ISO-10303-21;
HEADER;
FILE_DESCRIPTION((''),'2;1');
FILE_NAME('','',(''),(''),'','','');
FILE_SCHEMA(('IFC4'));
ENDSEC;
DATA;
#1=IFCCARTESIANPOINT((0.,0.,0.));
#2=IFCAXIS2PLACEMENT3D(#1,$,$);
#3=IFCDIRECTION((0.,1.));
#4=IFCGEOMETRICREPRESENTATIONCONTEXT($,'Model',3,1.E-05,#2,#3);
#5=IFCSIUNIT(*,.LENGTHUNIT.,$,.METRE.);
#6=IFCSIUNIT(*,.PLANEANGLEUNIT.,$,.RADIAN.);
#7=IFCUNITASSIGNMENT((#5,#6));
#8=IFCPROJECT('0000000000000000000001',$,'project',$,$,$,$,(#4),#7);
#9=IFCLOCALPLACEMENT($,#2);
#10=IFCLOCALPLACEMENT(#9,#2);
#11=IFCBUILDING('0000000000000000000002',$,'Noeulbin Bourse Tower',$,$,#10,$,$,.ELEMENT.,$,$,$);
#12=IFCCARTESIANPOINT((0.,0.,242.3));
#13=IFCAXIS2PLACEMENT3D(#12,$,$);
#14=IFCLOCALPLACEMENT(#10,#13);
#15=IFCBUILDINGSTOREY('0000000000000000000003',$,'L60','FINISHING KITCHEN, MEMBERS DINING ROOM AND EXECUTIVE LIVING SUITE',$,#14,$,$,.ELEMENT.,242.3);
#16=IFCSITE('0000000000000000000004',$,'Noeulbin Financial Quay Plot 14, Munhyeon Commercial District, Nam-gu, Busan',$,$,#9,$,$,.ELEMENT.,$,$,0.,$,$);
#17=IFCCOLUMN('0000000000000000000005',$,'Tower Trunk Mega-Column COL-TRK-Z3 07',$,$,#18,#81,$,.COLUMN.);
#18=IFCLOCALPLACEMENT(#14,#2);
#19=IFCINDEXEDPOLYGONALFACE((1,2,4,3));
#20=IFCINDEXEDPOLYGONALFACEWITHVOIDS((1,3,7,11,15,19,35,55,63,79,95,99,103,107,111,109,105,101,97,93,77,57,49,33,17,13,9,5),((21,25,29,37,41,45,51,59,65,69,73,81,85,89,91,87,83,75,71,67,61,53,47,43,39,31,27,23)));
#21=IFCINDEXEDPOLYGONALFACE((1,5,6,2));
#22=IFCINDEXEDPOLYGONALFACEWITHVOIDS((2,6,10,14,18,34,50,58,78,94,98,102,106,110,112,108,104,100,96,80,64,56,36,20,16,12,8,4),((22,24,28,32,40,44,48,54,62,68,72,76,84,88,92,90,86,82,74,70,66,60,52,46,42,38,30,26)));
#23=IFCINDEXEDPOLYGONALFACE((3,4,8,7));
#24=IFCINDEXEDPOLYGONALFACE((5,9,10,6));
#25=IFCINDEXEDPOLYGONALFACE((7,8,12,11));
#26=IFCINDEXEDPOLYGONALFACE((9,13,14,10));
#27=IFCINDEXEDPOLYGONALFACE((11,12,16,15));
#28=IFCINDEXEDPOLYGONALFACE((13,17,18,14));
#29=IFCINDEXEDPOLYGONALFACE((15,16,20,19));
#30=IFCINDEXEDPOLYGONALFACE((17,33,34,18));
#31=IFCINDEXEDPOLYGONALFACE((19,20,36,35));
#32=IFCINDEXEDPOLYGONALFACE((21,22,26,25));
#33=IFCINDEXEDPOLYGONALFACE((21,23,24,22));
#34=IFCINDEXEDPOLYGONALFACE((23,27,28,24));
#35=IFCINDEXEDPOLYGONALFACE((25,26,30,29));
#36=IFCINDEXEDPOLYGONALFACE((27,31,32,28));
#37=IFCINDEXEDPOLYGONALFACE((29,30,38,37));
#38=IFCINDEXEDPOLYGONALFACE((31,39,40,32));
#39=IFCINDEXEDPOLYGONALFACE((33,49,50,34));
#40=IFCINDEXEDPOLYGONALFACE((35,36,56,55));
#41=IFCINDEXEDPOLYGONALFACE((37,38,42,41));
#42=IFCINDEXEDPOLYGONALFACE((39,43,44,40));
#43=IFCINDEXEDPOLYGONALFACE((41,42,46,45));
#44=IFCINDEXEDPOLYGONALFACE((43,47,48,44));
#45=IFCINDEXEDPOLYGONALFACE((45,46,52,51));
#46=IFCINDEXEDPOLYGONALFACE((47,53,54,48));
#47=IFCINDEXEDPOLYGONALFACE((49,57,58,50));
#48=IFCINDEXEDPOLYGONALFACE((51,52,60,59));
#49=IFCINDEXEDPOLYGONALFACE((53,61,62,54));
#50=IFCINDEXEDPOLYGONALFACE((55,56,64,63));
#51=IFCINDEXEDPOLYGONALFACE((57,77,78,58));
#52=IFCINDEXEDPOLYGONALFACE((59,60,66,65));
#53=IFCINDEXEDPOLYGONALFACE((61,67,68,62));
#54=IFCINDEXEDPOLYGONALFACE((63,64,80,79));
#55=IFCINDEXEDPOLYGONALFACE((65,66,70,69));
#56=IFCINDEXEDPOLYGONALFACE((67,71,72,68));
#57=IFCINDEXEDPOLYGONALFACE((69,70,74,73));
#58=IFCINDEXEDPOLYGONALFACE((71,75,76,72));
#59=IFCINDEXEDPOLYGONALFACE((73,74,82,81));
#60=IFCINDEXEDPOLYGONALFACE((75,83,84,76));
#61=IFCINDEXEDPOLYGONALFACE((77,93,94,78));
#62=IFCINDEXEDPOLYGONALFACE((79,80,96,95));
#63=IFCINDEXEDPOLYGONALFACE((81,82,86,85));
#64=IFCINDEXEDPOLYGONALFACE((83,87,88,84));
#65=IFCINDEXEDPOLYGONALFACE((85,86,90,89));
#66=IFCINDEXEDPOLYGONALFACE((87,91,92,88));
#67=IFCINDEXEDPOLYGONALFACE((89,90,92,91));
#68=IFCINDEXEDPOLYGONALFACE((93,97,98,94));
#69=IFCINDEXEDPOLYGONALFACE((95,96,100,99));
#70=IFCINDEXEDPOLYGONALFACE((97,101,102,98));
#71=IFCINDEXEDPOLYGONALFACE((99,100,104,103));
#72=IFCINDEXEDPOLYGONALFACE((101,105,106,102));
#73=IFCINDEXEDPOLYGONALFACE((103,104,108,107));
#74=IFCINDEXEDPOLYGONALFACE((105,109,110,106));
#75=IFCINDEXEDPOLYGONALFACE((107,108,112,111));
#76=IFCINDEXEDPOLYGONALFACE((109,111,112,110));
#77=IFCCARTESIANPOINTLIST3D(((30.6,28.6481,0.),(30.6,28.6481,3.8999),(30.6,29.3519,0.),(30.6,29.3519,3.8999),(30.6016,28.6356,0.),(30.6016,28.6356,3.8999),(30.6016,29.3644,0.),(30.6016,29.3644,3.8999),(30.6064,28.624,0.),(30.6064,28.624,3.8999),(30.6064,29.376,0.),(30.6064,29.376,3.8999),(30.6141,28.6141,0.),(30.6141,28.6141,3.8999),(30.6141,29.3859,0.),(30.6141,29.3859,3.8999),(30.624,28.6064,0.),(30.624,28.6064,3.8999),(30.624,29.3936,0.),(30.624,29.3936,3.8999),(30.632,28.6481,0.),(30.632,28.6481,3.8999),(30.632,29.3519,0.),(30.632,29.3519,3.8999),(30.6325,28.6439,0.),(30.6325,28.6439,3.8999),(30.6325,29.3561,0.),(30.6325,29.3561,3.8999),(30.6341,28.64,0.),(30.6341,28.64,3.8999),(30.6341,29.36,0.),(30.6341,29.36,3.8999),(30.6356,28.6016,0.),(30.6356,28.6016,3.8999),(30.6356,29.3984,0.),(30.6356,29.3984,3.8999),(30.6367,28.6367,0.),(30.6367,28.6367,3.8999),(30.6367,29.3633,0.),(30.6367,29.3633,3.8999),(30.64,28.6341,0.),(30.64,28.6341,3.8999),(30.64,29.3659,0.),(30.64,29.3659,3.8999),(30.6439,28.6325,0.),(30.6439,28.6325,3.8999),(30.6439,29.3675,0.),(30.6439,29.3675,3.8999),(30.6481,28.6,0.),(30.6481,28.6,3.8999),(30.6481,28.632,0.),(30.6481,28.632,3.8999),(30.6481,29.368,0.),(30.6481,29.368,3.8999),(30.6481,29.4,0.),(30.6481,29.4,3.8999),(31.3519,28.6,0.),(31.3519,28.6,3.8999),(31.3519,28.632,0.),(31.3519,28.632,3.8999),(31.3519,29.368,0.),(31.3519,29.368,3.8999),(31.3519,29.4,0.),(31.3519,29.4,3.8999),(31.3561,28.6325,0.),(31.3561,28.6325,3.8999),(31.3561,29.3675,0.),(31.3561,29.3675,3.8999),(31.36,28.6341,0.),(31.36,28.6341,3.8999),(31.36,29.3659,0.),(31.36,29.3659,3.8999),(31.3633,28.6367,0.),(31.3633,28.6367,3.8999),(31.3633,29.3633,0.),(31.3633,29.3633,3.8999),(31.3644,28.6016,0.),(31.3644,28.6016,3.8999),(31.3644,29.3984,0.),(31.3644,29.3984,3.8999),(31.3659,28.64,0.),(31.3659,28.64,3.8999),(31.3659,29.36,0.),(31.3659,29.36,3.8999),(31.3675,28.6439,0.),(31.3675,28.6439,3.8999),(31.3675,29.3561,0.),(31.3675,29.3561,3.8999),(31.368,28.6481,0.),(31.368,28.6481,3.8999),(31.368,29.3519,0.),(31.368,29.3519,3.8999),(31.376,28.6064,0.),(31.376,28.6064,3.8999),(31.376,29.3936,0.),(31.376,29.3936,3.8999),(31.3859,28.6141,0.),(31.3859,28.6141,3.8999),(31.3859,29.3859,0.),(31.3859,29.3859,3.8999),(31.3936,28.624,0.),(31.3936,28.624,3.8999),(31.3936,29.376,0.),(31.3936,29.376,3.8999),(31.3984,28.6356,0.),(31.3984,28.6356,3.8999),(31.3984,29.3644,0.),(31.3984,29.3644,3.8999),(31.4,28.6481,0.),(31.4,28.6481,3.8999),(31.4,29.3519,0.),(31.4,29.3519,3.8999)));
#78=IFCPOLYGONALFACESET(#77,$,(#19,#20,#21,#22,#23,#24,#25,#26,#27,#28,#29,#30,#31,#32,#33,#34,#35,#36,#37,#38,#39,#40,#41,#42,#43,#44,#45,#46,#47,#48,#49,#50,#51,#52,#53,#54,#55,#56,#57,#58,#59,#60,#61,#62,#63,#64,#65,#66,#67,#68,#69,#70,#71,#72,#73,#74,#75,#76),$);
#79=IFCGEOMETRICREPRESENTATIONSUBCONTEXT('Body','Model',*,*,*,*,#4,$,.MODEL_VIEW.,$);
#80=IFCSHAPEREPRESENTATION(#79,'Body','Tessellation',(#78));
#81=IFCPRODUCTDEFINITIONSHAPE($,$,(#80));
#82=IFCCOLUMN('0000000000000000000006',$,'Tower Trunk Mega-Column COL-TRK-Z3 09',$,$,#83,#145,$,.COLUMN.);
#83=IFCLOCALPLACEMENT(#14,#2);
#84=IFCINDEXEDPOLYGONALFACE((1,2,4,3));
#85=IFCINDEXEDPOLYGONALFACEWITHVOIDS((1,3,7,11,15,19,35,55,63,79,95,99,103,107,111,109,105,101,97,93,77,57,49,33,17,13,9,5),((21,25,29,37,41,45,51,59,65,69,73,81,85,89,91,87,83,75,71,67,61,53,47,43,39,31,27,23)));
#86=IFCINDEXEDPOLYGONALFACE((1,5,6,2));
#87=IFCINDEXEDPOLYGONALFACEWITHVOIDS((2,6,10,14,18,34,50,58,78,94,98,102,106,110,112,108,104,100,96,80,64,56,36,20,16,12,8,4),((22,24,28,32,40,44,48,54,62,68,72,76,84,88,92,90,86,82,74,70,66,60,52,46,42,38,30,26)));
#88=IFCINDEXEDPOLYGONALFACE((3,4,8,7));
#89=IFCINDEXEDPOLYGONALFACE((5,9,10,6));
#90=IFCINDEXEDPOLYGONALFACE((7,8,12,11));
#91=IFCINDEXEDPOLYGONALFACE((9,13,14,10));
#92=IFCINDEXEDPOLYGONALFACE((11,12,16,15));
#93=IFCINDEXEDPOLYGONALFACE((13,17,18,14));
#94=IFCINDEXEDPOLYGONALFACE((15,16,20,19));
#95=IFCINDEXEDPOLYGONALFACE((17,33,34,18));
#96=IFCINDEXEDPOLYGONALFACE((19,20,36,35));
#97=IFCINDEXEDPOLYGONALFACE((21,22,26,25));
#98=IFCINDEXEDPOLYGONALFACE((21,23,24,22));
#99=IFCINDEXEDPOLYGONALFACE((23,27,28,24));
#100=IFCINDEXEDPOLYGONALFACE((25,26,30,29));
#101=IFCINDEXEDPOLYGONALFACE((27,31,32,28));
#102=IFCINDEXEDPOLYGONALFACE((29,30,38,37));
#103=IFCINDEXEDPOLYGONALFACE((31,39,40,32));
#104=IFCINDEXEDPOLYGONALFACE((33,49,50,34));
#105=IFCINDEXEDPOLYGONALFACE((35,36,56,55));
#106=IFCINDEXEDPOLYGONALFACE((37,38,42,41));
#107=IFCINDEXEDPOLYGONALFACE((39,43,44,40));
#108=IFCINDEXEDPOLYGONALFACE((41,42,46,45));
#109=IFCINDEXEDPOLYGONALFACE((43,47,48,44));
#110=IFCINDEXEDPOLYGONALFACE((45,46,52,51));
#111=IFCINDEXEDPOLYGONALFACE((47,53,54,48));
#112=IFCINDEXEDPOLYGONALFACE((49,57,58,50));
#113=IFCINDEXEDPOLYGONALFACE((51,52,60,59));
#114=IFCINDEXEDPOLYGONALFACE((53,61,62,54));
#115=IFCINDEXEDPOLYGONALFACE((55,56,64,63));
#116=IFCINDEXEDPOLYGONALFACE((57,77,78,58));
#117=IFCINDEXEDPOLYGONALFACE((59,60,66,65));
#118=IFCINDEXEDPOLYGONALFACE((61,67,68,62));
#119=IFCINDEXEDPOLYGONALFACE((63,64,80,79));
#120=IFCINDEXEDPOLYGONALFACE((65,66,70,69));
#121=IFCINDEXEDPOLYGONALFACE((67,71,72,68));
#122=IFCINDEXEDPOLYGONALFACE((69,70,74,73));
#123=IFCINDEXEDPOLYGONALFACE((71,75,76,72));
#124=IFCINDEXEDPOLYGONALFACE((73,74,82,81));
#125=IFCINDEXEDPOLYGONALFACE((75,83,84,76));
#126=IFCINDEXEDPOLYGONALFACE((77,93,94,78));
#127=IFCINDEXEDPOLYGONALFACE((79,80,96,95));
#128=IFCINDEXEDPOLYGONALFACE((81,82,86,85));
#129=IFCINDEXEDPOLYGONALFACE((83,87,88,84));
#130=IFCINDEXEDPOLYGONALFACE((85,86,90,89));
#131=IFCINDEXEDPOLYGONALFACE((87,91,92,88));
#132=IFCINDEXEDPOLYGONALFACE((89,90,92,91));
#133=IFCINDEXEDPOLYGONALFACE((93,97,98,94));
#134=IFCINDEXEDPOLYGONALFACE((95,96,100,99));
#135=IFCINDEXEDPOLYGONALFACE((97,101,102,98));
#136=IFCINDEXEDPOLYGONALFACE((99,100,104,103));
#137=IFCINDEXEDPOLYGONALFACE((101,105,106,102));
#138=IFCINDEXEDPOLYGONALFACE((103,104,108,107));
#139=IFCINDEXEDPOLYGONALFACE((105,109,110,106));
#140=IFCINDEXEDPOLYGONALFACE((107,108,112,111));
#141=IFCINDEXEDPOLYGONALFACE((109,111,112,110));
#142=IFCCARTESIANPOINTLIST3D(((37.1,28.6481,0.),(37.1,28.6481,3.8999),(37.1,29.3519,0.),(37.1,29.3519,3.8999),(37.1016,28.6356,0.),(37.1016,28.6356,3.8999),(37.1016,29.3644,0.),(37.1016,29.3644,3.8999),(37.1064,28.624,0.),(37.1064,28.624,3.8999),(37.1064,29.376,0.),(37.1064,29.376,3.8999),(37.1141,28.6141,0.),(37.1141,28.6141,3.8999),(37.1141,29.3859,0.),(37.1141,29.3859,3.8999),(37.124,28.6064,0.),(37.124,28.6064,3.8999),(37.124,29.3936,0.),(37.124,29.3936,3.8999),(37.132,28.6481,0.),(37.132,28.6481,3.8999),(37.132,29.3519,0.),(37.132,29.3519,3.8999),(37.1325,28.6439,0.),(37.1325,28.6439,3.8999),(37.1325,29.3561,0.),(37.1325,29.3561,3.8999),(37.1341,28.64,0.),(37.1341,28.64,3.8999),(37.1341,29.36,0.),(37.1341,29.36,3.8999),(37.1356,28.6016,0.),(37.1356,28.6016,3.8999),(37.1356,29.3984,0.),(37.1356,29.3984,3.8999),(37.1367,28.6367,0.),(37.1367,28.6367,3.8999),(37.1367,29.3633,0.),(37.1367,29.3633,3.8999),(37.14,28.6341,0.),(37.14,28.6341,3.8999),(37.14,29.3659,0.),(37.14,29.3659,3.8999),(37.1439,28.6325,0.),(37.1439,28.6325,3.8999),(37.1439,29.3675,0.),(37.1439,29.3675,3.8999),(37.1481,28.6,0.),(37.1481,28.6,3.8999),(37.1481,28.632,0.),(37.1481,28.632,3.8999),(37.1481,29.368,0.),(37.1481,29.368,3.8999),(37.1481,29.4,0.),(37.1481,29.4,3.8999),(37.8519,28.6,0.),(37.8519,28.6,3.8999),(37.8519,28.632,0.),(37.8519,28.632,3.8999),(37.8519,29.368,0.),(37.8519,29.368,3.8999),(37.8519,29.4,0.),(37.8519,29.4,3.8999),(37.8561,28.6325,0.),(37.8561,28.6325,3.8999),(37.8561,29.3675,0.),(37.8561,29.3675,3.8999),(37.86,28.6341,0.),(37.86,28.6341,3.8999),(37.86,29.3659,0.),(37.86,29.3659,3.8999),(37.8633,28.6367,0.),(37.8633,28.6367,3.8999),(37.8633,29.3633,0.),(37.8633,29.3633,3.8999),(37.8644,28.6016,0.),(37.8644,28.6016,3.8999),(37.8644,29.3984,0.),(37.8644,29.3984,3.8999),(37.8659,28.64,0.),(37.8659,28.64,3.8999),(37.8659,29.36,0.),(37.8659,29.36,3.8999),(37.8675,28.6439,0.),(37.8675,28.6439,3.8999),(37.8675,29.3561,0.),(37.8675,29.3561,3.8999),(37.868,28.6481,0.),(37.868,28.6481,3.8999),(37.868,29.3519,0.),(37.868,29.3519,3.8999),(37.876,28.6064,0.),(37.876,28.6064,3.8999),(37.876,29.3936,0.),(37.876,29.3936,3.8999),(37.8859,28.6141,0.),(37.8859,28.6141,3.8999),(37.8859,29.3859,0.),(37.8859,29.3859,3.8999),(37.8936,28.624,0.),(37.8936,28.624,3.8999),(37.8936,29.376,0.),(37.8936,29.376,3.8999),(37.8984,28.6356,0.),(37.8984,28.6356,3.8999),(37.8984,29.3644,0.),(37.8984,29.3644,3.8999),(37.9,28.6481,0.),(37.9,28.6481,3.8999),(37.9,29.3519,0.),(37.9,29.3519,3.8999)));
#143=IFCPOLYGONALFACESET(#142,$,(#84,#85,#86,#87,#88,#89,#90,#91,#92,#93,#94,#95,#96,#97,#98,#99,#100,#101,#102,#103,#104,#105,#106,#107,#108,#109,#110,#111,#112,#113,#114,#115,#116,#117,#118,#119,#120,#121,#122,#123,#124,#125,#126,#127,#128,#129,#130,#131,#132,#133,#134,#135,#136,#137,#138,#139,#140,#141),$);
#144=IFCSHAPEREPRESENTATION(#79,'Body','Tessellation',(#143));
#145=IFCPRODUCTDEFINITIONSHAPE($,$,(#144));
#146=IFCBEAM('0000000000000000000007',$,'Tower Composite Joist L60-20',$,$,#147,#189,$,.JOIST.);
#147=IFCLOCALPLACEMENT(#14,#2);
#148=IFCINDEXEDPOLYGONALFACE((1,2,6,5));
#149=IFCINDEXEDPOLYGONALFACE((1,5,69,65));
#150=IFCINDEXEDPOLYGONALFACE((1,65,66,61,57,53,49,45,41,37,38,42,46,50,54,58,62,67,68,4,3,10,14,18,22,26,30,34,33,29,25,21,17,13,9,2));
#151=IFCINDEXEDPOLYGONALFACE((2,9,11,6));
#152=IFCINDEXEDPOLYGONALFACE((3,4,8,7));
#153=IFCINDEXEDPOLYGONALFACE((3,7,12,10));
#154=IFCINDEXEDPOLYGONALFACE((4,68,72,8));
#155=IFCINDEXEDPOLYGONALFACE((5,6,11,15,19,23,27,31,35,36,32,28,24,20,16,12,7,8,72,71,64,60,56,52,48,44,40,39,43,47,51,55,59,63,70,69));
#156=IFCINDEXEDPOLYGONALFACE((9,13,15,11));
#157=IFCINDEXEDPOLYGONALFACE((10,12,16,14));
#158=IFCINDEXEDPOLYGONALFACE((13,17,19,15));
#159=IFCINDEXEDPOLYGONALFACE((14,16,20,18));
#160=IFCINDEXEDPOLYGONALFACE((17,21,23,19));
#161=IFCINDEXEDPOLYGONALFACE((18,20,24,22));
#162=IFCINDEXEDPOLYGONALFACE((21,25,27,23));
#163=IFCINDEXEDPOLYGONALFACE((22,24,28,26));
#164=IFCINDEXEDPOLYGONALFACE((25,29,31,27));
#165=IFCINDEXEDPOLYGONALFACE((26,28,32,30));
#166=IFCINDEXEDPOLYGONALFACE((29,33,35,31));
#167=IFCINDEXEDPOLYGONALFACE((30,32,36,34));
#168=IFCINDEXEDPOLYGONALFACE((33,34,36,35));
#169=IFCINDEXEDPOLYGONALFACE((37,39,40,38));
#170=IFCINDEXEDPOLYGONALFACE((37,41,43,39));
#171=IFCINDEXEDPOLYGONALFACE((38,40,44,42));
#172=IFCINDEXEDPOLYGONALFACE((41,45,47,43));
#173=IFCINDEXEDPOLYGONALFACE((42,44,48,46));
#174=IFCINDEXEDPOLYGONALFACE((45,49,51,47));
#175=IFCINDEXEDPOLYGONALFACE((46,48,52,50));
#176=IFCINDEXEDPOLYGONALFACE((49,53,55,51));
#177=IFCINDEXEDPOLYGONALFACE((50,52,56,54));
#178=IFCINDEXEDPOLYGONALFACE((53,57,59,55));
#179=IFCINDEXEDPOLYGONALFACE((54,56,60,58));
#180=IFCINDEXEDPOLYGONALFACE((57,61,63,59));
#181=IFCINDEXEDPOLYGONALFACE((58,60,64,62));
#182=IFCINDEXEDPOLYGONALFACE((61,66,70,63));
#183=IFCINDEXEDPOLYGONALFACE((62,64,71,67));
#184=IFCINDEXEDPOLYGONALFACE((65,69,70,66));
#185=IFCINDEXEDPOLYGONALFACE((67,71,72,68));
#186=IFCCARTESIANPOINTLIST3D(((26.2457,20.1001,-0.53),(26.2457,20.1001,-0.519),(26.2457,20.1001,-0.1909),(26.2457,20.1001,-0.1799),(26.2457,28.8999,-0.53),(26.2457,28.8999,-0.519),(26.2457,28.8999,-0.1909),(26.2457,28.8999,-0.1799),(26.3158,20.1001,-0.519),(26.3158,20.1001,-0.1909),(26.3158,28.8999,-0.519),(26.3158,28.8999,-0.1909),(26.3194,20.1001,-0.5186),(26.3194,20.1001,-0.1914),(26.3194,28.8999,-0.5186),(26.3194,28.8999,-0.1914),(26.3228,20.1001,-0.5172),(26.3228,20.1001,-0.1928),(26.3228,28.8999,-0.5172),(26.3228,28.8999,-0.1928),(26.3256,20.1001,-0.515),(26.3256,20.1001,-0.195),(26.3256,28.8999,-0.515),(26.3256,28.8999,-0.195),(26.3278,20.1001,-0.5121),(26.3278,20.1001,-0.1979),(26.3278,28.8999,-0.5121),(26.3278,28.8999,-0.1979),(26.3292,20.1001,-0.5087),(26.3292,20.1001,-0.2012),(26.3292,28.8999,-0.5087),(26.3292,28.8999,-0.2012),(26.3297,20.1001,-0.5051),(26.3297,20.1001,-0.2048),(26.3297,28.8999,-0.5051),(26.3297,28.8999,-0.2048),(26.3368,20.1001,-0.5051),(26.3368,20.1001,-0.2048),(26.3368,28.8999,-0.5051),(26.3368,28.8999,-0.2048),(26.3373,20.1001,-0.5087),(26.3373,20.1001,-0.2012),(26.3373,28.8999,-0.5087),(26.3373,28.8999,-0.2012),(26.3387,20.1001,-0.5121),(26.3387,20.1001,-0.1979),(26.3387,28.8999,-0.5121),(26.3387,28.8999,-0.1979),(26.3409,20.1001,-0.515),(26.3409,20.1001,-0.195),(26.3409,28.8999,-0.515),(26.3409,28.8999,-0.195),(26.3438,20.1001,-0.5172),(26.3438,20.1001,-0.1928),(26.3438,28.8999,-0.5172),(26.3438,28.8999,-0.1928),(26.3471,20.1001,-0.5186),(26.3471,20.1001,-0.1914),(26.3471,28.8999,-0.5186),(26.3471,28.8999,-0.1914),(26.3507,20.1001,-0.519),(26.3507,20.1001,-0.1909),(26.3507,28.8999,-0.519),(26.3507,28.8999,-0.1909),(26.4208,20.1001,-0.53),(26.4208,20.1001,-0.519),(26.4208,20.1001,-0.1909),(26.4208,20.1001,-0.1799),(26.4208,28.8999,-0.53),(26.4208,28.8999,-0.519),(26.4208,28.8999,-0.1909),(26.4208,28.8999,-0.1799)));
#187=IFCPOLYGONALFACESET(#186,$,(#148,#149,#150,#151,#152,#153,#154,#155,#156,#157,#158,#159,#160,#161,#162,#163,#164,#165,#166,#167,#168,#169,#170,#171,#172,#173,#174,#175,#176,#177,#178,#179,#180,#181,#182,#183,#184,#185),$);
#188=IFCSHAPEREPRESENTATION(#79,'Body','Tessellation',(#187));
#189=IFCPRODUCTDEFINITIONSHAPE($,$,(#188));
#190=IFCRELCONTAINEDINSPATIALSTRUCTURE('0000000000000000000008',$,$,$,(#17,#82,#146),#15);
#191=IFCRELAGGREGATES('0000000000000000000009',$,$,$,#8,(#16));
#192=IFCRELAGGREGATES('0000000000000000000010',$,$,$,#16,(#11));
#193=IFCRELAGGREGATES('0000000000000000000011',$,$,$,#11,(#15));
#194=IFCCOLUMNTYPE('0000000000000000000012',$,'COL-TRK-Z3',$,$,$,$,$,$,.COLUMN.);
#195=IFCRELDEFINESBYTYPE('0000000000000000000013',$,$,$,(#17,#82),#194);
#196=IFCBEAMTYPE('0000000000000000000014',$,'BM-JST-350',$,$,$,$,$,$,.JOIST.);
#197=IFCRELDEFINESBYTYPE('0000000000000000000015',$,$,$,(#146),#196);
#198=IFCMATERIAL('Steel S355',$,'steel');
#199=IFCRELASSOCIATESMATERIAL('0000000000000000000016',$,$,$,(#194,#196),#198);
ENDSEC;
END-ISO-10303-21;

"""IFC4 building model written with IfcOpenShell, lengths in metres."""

from ifc_helpers import new_model, si_unit, direction, frame, origin, origin_2d, place, context, subcontext, project, spatial, hollow_rectangle, i_section, extrude, material, material_profile, profile_set, type_object, element, save


model = new_model("IFC4")

# Units and contexts
model_context = context("Model", 3, precision=1e-05, world=origin(), true_north=direction((0.0, 1.0)))
body_context = subcontext(model_context, "Body", "Model", "MODEL_VIEW")
ifc_project = project(units=[si_unit("LENGTHUNIT", "METRE"), si_unit("PLANEANGLEUNIT", "RADIAN")], contexts=[model_context])

# Site, building, storey
site_placement = place(None, origin())
site = spatial("IfcSite", under=ifc_project, at=site_placement, Name="Noeulbin Financial Quay Plot 14, Munhyeon Commercial District, Nam-gu, Busan", CompositionType="ELEMENT", RefElevation=0.0)
building_placement = place(site_placement, origin())
building = spatial("IfcBuilding", under=site, at=building_placement, Name="Noeulbin Bourse Tower", CompositionType="ELEMENT")
storey_placement = place(building_placement, frame((0.0, 0.0, 242.3)))
storey = spatial("IfcBuildingStorey", under=building, at=storey_placement, Name="L60", Description="FINISHING KITCHEN, MEMBERS DINING ROOM AND EXECUTIVE LIVING SUITE", CompositionType="ELEMENT", Elevation=242.3)

# Columns
ifc_material_1 = material(Name="Steel S355", Category="steel")
ifc_material_profile_1 = material_profile(ifc_material_1, hollow_rectangle(XDim=0.8, YDim=0.8, WallThickness=0.032, InnerFilletRadius=0.0161, OuterFilletRadius=0.0481, at=origin_2d()), Name="BOX-800x800x32", Category="LoadBearing")
ifc_profile_set_1 = profile_set([ifc_material_profile_1], Name="Steel S355")
column_type = type_object("IfcColumnType", Name="COL-TRK-Z3", PredefinedType="COLUMN", material=ifc_profile_set_1)
for number, where, z_axis, x_axis, name in (
    (1, (31.0, 29.0, 0.0), (0.0, 0.0, 1.0), (1.0, 0.0, 0.0), "Tower Trunk Mega-Column COL-TRK-Z3 07"),
    (2, (37.5, 29.0, 0.0), (0.0, 0.0, 1.0), (1.0, 0.0, 0.0), "Tower Trunk Mega-Column COL-TRK-Z3 09"),
):
    element("IfcColumn", number, at=place(storey_placement, frame(where, z_axis=z_axis, x_axis=x_axis)), inside=storey, type_object=column_type, Name=name, PredefinedType="COLUMN", context=body_context, shape_type="SweptSolid", body=[
        extrude(hollow_rectangle(XDim=0.8, YDim=0.8, WallThickness=0.032, InnerFilletRadius=0.0161, OuterFilletRadius=0.0481, at=origin_2d()), origin(), (0.0, 0.0, 1.0), 3.8999),
    ])

# Beam
ifc_material_profile_2 = material_profile(ifc_material_1, i_section(OverallWidth=0.175, OverallDepth=0.3501, WebThickness=0.0071, FlangeThickness=0.011, FilletRadius=0.0139, at=origin_2d()), Name="H-350x175x7x11", Category="LoadBearing")
ifc_profile_set_2 = profile_set([ifc_material_profile_2], Name="Steel S355")
beam_type = type_object("IfcBeamType", Name="BM-JST-350", PredefinedType="JOIST", material=ifc_profile_set_2)
for number, where, z_axis, x_axis, name in (
    (3, (26.3333, 20.1001, -0.355), (0.0, 1.0, 0.0), (-1.0, 0.0, 0.0), "Tower Composite Joist L60-20"),
):
    element("IfcBeam", number, at=place(storey_placement, frame(where, z_axis=z_axis, x_axis=x_axis)), inside=storey, type_object=beam_type, Name=name, PredefinedType="JOIST", context=body_context, shape_type="SweptSolid", body=[
        extrude(i_section(OverallWidth=0.175, OverallDepth=0.3501, WebThickness=0.0071, FlangeThickness=0.011, FilletRadius=0.0139, at=origin_2d()), origin(), (0.0, 0.0, 1.0), 8.7998),
    ])

save(model, "model.ifc")
